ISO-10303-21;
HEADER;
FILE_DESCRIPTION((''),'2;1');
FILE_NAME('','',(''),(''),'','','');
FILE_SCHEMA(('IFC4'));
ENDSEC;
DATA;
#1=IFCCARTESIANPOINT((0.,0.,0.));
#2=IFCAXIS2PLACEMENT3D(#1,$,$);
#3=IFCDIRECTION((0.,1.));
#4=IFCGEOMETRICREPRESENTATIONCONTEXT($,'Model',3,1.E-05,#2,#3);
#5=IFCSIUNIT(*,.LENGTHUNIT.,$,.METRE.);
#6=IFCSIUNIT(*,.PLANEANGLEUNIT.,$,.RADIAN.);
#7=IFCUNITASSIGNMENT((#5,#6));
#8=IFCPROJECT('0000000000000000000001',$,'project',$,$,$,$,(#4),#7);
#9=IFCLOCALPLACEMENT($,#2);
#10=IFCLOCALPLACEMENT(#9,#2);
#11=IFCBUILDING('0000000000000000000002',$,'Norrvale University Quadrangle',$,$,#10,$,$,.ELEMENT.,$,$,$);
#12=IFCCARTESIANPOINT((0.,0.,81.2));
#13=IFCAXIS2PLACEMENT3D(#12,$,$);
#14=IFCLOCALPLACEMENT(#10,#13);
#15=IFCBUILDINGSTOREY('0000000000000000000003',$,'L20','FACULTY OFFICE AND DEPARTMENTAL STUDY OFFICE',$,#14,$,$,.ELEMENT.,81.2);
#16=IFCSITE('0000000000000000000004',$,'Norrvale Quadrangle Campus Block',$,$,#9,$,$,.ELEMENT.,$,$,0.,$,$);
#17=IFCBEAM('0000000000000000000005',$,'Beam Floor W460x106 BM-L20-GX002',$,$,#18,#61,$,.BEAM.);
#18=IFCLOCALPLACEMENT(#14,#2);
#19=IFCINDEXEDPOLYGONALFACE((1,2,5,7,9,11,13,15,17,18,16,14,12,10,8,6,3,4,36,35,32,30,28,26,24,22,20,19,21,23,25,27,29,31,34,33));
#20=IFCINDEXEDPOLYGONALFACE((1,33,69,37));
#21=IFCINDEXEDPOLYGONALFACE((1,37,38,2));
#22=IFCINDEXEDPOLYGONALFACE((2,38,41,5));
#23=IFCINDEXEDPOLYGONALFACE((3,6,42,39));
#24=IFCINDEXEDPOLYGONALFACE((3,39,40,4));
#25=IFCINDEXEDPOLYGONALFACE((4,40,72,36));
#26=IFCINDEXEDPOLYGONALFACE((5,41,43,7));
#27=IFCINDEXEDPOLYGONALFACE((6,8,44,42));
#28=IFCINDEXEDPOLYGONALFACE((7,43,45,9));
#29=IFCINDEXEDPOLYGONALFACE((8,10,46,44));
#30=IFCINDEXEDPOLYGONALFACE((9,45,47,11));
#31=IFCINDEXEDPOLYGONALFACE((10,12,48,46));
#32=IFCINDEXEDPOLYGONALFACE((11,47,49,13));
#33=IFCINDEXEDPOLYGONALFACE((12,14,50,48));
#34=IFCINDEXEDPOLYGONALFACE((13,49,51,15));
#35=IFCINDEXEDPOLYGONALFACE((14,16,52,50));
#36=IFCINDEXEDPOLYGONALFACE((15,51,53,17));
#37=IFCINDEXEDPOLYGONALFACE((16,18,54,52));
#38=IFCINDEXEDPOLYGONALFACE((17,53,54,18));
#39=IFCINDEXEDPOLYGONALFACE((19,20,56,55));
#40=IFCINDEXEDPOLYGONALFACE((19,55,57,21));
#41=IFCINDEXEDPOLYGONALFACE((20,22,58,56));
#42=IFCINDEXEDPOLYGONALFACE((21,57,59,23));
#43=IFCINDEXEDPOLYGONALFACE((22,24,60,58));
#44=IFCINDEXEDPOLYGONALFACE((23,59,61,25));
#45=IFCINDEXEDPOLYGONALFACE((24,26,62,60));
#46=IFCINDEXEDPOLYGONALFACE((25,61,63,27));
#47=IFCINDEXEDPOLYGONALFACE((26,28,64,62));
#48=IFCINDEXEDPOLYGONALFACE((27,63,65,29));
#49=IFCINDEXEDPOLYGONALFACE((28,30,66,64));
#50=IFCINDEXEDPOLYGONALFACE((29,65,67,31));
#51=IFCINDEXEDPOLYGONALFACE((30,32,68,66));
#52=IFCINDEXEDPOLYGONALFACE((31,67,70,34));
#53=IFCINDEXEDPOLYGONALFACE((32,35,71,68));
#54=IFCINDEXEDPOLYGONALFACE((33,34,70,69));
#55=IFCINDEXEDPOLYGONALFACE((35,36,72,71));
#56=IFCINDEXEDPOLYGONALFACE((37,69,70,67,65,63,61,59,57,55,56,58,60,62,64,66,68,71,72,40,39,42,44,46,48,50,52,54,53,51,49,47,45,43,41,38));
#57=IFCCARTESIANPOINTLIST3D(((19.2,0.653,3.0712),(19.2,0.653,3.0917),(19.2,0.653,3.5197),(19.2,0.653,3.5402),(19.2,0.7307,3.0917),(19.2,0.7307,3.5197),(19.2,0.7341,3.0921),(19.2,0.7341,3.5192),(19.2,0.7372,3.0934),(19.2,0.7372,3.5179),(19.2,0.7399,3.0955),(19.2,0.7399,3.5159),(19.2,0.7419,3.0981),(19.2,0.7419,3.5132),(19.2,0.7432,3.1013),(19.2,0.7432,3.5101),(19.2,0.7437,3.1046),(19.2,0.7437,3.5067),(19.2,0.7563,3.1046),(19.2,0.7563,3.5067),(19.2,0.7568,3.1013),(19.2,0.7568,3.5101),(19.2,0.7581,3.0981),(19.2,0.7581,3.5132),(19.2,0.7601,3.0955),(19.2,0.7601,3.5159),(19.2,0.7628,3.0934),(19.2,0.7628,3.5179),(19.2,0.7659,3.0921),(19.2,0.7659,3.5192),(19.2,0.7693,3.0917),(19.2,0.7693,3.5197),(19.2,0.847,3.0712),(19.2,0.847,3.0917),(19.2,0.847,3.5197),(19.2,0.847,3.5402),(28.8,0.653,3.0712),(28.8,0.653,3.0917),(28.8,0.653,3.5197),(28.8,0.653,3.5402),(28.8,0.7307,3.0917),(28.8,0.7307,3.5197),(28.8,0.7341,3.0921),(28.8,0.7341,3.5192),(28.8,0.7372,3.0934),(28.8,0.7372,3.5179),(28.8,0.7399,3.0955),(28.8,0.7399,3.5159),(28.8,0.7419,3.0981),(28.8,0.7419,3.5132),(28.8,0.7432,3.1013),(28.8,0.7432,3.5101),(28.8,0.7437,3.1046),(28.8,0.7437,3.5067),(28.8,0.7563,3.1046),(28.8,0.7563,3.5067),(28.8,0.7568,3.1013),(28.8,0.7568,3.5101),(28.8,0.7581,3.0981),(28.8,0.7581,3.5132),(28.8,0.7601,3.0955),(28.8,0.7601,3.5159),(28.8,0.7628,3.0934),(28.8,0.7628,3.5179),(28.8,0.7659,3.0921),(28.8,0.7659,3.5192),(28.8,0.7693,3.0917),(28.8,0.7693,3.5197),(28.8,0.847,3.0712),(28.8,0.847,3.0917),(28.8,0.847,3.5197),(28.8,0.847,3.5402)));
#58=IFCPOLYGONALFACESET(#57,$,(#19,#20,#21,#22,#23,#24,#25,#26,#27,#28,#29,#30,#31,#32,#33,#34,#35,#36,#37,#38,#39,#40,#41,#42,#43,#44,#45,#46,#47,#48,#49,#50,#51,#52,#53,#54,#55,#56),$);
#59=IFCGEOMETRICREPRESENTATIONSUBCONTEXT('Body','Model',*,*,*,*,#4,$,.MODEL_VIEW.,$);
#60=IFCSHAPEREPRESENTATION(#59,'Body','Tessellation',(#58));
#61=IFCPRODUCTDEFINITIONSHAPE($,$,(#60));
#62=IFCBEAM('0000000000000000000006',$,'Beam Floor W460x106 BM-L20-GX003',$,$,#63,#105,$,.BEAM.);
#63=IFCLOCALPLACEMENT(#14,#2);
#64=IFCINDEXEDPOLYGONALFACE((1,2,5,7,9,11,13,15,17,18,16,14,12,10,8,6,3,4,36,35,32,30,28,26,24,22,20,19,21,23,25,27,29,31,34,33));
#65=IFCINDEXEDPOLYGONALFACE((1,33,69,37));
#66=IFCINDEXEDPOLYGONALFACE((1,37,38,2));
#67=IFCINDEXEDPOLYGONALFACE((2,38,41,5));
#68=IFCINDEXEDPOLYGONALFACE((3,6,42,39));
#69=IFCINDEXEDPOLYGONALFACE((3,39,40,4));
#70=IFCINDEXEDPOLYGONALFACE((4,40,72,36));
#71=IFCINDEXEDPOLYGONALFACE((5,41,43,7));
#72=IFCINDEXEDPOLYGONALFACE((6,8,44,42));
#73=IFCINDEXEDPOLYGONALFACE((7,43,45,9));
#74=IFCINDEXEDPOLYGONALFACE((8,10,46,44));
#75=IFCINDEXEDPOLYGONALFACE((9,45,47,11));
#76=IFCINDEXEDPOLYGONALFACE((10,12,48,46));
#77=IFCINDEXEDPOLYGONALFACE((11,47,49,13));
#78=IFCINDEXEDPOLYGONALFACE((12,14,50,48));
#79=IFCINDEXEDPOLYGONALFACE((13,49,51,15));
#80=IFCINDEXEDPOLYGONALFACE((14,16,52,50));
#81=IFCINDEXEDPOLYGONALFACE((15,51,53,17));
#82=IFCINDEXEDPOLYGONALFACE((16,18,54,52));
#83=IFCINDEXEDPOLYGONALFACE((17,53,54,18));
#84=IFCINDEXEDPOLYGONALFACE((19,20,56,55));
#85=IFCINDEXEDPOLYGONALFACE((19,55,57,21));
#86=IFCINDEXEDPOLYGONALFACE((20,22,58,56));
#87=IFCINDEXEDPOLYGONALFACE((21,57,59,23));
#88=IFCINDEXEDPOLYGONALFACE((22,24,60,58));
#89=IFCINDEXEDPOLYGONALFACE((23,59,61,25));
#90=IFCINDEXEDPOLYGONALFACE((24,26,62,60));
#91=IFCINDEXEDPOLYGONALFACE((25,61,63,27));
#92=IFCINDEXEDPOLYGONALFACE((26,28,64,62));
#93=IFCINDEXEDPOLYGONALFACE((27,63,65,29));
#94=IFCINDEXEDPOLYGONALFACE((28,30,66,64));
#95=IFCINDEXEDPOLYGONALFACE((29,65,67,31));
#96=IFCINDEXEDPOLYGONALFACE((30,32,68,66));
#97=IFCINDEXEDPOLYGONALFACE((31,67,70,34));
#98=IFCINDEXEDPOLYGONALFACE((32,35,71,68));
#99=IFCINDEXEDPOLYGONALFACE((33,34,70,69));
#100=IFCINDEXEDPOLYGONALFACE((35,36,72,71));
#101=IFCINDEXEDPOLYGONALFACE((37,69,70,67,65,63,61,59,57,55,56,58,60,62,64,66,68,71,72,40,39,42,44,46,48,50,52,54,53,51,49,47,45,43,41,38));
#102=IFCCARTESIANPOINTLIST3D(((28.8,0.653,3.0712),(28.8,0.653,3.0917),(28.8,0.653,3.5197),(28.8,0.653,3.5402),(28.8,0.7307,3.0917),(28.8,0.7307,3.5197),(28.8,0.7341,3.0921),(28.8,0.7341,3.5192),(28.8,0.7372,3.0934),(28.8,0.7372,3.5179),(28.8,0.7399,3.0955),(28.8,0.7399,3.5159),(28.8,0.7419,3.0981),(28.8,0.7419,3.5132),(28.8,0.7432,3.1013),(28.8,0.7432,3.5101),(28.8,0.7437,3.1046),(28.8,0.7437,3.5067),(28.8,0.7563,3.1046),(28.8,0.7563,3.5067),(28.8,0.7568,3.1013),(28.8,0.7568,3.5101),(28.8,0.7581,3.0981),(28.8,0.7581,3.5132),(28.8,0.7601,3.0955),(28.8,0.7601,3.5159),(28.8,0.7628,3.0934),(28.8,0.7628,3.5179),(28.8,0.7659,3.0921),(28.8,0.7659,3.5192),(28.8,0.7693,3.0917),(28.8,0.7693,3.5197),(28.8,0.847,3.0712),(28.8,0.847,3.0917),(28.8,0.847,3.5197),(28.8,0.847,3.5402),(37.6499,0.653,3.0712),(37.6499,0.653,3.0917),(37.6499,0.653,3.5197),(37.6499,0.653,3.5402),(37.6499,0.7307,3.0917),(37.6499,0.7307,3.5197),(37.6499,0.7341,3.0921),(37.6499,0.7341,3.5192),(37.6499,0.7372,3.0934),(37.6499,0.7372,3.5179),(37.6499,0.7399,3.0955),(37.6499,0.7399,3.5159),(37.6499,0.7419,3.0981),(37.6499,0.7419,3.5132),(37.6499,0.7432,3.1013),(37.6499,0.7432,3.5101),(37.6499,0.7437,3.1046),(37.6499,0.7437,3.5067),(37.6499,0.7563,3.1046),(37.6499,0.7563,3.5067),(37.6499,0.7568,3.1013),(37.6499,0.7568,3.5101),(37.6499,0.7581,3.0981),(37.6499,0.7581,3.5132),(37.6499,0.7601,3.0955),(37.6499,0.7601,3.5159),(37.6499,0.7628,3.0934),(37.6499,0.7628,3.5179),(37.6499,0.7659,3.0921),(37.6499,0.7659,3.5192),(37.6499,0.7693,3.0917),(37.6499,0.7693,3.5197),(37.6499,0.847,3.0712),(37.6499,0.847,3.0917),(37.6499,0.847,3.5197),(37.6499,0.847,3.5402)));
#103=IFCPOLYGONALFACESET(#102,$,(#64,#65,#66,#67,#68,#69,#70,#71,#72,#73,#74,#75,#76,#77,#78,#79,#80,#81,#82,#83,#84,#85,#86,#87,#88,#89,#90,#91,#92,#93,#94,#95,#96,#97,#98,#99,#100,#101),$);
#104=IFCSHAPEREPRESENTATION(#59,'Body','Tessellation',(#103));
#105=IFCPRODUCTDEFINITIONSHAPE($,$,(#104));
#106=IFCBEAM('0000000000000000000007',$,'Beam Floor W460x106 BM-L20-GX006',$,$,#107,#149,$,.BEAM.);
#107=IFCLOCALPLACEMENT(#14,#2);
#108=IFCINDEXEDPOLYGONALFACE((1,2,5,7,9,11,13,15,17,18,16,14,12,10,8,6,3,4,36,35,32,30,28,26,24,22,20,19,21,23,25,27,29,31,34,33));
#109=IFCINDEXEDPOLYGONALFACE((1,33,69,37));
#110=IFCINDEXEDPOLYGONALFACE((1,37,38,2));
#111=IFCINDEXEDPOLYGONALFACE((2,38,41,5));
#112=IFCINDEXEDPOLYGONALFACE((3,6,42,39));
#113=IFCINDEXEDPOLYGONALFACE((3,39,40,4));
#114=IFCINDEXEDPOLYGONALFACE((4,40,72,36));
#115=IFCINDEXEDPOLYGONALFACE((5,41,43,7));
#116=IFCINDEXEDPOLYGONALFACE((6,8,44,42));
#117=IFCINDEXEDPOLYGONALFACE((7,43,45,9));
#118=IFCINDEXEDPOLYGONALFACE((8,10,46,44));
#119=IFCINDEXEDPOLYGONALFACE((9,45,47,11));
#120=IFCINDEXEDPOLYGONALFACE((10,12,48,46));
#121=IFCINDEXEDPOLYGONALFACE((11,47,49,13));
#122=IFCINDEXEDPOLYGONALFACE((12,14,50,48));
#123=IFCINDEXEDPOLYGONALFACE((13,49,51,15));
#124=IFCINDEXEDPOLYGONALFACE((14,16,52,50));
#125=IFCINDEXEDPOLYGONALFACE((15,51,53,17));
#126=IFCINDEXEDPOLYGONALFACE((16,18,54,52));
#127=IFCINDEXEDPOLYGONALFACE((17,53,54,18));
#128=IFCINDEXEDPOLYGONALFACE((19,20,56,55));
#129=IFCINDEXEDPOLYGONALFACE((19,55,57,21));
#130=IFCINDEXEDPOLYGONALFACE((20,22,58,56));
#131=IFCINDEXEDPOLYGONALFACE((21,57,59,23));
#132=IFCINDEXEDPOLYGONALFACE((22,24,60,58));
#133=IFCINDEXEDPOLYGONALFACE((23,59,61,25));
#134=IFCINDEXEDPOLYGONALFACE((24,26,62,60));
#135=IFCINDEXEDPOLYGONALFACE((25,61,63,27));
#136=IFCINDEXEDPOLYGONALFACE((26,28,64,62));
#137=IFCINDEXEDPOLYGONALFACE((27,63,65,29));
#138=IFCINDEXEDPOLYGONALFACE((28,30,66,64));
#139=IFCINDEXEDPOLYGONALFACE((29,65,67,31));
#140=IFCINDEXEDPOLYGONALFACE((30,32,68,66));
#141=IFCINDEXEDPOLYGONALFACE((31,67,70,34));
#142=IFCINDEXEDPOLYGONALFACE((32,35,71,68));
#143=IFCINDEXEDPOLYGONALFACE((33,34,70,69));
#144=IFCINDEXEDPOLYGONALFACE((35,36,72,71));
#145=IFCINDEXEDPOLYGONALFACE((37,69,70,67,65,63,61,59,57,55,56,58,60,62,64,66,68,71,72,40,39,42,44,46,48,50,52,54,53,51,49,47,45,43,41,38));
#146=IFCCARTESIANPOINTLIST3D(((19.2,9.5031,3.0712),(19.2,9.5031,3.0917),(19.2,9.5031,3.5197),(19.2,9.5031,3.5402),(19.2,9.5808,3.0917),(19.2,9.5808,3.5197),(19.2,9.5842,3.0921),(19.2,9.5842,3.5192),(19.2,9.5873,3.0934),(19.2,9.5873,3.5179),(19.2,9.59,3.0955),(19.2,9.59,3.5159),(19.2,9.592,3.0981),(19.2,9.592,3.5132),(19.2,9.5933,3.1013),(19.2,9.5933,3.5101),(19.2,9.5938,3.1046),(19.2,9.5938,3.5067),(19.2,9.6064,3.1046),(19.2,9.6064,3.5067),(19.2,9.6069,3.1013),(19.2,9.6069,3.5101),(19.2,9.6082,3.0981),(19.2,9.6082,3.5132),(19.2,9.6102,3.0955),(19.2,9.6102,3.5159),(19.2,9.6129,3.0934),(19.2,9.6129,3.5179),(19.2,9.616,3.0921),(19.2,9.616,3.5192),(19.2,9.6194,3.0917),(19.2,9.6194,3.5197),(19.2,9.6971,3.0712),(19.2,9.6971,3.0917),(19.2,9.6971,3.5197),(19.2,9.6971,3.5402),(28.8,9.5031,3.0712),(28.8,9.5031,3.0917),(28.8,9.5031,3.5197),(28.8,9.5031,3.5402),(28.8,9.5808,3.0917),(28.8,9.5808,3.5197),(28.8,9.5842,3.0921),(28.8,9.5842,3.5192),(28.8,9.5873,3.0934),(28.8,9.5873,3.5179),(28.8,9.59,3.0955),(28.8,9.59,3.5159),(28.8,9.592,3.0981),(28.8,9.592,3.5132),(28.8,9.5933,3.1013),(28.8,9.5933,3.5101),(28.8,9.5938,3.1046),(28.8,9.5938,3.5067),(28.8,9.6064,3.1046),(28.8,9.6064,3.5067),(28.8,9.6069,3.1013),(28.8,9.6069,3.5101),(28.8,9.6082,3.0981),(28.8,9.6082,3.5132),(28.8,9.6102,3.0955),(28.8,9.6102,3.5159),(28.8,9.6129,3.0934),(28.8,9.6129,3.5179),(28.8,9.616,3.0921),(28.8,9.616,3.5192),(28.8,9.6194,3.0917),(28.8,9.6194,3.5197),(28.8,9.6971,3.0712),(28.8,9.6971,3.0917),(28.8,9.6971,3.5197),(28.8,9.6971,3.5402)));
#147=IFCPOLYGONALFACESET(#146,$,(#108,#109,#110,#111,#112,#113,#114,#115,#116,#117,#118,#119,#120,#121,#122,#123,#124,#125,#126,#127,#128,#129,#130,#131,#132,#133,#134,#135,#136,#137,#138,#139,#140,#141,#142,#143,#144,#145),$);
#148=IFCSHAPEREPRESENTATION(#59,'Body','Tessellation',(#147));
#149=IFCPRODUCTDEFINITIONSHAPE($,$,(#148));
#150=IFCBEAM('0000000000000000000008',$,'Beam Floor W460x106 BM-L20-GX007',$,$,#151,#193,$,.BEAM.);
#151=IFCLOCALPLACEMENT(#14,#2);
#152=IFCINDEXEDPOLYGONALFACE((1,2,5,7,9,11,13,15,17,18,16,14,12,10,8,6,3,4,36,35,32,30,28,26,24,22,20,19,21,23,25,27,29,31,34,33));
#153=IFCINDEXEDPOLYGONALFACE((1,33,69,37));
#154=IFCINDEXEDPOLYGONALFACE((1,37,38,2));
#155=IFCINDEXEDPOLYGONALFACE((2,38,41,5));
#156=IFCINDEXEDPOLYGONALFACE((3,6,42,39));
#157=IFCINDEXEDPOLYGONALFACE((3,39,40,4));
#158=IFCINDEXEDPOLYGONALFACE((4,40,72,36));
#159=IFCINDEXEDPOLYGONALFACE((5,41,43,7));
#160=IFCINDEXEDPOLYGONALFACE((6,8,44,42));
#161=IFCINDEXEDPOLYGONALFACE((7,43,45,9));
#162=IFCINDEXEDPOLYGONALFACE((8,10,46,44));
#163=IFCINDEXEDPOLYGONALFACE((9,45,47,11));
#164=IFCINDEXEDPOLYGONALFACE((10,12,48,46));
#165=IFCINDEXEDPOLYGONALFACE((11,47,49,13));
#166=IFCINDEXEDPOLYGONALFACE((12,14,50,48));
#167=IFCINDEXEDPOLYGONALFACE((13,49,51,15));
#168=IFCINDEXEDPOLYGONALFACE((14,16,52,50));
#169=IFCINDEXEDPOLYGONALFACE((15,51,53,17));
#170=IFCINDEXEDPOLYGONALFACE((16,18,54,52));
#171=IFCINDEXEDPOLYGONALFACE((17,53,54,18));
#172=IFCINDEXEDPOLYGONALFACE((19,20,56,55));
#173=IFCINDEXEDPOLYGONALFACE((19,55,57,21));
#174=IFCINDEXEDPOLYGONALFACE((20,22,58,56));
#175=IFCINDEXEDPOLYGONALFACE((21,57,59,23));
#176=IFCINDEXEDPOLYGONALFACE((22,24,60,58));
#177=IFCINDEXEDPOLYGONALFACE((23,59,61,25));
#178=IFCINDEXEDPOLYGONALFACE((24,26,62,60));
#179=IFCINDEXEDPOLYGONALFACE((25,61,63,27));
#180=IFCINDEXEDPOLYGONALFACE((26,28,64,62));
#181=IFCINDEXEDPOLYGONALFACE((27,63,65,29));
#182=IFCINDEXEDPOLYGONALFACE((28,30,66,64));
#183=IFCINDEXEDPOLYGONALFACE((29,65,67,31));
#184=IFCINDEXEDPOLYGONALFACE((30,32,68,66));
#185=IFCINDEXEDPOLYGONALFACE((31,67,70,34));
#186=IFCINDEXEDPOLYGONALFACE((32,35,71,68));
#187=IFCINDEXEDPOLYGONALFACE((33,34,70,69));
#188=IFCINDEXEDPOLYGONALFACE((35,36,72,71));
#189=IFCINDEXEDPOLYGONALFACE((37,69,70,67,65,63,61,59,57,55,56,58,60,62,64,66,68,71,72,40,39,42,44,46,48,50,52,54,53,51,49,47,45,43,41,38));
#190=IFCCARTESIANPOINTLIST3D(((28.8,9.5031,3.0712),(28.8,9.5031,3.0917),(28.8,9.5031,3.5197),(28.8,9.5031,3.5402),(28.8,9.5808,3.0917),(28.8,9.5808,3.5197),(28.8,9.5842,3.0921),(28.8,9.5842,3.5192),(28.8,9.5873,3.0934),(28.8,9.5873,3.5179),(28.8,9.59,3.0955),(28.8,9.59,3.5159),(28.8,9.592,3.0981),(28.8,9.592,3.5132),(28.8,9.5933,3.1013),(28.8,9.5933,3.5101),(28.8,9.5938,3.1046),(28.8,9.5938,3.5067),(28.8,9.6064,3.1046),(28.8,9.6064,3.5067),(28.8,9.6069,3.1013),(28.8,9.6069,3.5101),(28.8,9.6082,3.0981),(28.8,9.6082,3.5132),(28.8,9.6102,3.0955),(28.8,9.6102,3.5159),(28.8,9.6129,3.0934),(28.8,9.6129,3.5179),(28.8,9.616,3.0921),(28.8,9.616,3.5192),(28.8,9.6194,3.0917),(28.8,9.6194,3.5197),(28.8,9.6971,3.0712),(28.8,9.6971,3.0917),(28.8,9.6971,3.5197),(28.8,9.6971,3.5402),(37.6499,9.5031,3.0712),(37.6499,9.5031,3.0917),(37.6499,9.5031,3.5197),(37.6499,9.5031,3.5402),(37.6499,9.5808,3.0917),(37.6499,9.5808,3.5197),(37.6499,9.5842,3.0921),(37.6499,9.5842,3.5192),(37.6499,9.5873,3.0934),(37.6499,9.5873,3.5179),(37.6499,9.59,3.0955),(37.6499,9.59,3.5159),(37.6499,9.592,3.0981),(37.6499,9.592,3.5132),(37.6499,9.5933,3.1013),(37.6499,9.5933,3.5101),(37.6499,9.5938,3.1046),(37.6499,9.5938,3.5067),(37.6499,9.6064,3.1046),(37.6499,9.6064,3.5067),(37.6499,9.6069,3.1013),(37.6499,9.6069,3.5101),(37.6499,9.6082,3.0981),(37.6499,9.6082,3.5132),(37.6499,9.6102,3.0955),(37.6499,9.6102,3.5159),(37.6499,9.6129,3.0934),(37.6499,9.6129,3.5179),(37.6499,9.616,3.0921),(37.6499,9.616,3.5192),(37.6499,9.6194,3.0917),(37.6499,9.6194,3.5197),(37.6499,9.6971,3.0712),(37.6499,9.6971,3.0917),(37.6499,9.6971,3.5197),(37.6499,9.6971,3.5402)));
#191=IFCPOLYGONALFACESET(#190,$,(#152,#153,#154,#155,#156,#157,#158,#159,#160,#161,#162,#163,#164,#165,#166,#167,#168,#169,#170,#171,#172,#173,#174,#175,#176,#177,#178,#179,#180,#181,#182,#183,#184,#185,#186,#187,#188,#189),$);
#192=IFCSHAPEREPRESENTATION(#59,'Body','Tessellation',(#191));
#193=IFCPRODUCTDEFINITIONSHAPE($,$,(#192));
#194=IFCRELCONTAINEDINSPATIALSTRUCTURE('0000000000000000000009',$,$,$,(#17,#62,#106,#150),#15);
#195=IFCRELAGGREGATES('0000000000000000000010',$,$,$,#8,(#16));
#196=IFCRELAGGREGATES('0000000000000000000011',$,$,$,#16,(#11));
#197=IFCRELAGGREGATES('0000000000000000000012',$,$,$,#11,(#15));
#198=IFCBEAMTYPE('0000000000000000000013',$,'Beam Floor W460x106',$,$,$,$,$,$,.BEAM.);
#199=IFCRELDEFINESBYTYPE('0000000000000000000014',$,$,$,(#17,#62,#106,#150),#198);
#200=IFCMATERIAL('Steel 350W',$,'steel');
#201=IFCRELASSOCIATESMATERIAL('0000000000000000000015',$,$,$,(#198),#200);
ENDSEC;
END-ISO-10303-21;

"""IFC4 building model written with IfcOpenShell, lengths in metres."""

from ifc_helpers import new_model, si_unit, direction, frame, origin, origin_2d, place, context, subcontext, project, spatial, i_section, extrude, material, material_profile, profile_set, type_object, element, save


model = new_model("IFC4")

# Units and contexts
model_context = context("Model", 3, precision=1e-05, world=origin(), true_north=direction((0.0, 1.0)))
body_context = subcontext(model_context, "Body", "Model", "MODEL_VIEW")
ifc_project = project(units=[si_unit("LENGTHUNIT", "METRE"), si_unit("PLANEANGLEUNIT", "RADIAN")], contexts=[model_context])

# Site, building, storey
site_placement = place(None, origin())
site = spatial("IfcSite", under=ifc_project, at=site_placement, Name="Norrvale Quadrangle Campus Block", CompositionType="ELEMENT", RefElevation=0.0)
building_placement = place(site_placement, origin())
building = spatial("IfcBuilding", under=site, at=building_placement, Name="Norrvale University Quadrangle", CompositionType="ELEMENT")
storey_placement = place(building_placement, frame((0.0, 0.0, 81.2)))
storey = spatial("IfcBuildingStorey", under=building, at=storey_placement, Name="L20", Description="FACULTY OFFICE AND DEPARTMENTAL STUDY OFFICE", CompositionType="ELEMENT", Elevation=81.2)

# Beams
ifc_material_1 = material(Name="Steel 350W", Category="steel")
ifc_material_profile_1 = material_profile(ifc_material_1, i_section(OverallWidth=0.1941, OverallDepth=0.469, WebThickness=0.0127, FlangeThickness=0.0205, FilletRadius=0.0129, at=origin_2d()), Name="Steel 350W")
ifc_profile_set_1 = profile_set([ifc_material_profile_1], Name="Steel 350W")
beam_type_1 = type_object("IfcBeamType", Name="Beam Floor W460x106", PredefinedType="BEAM", material=ifc_profile_set_1)
beam_1_placement = place(storey_placement, frame((19.2, 0.75, 3.3057), z_axis=(1.0, 0.0, 0.0), x_axis=(0.0, 1.0, 0.0)))
element("IfcBeam", 1, at=beam_1_placement, inside=storey, type_object=beam_type_1, Name="Beam Floor W460x106 BM-L20-GX002", PredefinedType="BEAM", context=body_context, shape_type="SweptSolid", body=[
    extrude(i_section(OverallWidth=0.1941, OverallDepth=0.469, WebThickness=0.0127, FlangeThickness=0.0205, FilletRadius=0.0129, at=origin_2d()), origin(), (0.0, 0.0, 1.0), 9.6001),
])
beam_2_placement = place(storey_placement, frame((28.8, 0.75, 3.3057), z_axis=(1.0, 0.0, 0.0), x_axis=(0.0, 1.0, 0.0)))
element("IfcBeam", 2, at=beam_2_placement, inside=storey, type_object=beam_type_1, Name="Beam Floor W460x106 BM-L20-GX003", PredefinedType="BEAM", context=body_context, shape_type="SweptSolid", body=[
    extrude(i_section(OverallWidth=0.1941, OverallDepth=0.469, WebThickness=0.0127, FlangeThickness=0.0205, FilletRadius=0.0129, at=origin_2d()), origin(), (0.0, 0.0, 1.0), 8.8499),
])
beam_3_placement = place(storey_placement, frame((19.2, 9.6001, 3.3057), z_axis=(1.0, 0.0, 0.0), x_axis=(0.0, 1.0, 0.0)))
element("IfcBeam", 3, at=beam_3_placement, inside=storey, type_object=beam_type_1, Name="Beam Floor W460x106 BM-L20-GX006", PredefinedType="BEAM", context=body_context, shape_type="SweptSolid", body=[
    extrude(i_section(OverallWidth=0.1941, OverallDepth=0.469, WebThickness=0.0127, FlangeThickness=0.0205, FilletRadius=0.0129, at=origin_2d()), origin(), (0.0, 0.0, 1.0), 9.6001),
])
beam_4_placement = place(storey_placement, frame((28.8, 9.6001, 3.3057), z_axis=(1.0, 0.0, 0.0), x_axis=(0.0, 1.0, 0.0)))
element("IfcBeam", 4, at=beam_4_placement, inside=storey, type_object=beam_type_1, Name="Beam Floor W460x106 BM-L20-GX007", PredefinedType="BEAM", context=body_context, shape_type="SweptSolid", body=[
    extrude(i_section(OverallWidth=0.1941, OverallDepth=0.469, WebThickness=0.0127, FlangeThickness=0.0205, FilletRadius=0.0129, at=origin_2d()), origin(), (0.0, 0.0, 1.0), 8.8499),
])

save(model, "model.ifc")
